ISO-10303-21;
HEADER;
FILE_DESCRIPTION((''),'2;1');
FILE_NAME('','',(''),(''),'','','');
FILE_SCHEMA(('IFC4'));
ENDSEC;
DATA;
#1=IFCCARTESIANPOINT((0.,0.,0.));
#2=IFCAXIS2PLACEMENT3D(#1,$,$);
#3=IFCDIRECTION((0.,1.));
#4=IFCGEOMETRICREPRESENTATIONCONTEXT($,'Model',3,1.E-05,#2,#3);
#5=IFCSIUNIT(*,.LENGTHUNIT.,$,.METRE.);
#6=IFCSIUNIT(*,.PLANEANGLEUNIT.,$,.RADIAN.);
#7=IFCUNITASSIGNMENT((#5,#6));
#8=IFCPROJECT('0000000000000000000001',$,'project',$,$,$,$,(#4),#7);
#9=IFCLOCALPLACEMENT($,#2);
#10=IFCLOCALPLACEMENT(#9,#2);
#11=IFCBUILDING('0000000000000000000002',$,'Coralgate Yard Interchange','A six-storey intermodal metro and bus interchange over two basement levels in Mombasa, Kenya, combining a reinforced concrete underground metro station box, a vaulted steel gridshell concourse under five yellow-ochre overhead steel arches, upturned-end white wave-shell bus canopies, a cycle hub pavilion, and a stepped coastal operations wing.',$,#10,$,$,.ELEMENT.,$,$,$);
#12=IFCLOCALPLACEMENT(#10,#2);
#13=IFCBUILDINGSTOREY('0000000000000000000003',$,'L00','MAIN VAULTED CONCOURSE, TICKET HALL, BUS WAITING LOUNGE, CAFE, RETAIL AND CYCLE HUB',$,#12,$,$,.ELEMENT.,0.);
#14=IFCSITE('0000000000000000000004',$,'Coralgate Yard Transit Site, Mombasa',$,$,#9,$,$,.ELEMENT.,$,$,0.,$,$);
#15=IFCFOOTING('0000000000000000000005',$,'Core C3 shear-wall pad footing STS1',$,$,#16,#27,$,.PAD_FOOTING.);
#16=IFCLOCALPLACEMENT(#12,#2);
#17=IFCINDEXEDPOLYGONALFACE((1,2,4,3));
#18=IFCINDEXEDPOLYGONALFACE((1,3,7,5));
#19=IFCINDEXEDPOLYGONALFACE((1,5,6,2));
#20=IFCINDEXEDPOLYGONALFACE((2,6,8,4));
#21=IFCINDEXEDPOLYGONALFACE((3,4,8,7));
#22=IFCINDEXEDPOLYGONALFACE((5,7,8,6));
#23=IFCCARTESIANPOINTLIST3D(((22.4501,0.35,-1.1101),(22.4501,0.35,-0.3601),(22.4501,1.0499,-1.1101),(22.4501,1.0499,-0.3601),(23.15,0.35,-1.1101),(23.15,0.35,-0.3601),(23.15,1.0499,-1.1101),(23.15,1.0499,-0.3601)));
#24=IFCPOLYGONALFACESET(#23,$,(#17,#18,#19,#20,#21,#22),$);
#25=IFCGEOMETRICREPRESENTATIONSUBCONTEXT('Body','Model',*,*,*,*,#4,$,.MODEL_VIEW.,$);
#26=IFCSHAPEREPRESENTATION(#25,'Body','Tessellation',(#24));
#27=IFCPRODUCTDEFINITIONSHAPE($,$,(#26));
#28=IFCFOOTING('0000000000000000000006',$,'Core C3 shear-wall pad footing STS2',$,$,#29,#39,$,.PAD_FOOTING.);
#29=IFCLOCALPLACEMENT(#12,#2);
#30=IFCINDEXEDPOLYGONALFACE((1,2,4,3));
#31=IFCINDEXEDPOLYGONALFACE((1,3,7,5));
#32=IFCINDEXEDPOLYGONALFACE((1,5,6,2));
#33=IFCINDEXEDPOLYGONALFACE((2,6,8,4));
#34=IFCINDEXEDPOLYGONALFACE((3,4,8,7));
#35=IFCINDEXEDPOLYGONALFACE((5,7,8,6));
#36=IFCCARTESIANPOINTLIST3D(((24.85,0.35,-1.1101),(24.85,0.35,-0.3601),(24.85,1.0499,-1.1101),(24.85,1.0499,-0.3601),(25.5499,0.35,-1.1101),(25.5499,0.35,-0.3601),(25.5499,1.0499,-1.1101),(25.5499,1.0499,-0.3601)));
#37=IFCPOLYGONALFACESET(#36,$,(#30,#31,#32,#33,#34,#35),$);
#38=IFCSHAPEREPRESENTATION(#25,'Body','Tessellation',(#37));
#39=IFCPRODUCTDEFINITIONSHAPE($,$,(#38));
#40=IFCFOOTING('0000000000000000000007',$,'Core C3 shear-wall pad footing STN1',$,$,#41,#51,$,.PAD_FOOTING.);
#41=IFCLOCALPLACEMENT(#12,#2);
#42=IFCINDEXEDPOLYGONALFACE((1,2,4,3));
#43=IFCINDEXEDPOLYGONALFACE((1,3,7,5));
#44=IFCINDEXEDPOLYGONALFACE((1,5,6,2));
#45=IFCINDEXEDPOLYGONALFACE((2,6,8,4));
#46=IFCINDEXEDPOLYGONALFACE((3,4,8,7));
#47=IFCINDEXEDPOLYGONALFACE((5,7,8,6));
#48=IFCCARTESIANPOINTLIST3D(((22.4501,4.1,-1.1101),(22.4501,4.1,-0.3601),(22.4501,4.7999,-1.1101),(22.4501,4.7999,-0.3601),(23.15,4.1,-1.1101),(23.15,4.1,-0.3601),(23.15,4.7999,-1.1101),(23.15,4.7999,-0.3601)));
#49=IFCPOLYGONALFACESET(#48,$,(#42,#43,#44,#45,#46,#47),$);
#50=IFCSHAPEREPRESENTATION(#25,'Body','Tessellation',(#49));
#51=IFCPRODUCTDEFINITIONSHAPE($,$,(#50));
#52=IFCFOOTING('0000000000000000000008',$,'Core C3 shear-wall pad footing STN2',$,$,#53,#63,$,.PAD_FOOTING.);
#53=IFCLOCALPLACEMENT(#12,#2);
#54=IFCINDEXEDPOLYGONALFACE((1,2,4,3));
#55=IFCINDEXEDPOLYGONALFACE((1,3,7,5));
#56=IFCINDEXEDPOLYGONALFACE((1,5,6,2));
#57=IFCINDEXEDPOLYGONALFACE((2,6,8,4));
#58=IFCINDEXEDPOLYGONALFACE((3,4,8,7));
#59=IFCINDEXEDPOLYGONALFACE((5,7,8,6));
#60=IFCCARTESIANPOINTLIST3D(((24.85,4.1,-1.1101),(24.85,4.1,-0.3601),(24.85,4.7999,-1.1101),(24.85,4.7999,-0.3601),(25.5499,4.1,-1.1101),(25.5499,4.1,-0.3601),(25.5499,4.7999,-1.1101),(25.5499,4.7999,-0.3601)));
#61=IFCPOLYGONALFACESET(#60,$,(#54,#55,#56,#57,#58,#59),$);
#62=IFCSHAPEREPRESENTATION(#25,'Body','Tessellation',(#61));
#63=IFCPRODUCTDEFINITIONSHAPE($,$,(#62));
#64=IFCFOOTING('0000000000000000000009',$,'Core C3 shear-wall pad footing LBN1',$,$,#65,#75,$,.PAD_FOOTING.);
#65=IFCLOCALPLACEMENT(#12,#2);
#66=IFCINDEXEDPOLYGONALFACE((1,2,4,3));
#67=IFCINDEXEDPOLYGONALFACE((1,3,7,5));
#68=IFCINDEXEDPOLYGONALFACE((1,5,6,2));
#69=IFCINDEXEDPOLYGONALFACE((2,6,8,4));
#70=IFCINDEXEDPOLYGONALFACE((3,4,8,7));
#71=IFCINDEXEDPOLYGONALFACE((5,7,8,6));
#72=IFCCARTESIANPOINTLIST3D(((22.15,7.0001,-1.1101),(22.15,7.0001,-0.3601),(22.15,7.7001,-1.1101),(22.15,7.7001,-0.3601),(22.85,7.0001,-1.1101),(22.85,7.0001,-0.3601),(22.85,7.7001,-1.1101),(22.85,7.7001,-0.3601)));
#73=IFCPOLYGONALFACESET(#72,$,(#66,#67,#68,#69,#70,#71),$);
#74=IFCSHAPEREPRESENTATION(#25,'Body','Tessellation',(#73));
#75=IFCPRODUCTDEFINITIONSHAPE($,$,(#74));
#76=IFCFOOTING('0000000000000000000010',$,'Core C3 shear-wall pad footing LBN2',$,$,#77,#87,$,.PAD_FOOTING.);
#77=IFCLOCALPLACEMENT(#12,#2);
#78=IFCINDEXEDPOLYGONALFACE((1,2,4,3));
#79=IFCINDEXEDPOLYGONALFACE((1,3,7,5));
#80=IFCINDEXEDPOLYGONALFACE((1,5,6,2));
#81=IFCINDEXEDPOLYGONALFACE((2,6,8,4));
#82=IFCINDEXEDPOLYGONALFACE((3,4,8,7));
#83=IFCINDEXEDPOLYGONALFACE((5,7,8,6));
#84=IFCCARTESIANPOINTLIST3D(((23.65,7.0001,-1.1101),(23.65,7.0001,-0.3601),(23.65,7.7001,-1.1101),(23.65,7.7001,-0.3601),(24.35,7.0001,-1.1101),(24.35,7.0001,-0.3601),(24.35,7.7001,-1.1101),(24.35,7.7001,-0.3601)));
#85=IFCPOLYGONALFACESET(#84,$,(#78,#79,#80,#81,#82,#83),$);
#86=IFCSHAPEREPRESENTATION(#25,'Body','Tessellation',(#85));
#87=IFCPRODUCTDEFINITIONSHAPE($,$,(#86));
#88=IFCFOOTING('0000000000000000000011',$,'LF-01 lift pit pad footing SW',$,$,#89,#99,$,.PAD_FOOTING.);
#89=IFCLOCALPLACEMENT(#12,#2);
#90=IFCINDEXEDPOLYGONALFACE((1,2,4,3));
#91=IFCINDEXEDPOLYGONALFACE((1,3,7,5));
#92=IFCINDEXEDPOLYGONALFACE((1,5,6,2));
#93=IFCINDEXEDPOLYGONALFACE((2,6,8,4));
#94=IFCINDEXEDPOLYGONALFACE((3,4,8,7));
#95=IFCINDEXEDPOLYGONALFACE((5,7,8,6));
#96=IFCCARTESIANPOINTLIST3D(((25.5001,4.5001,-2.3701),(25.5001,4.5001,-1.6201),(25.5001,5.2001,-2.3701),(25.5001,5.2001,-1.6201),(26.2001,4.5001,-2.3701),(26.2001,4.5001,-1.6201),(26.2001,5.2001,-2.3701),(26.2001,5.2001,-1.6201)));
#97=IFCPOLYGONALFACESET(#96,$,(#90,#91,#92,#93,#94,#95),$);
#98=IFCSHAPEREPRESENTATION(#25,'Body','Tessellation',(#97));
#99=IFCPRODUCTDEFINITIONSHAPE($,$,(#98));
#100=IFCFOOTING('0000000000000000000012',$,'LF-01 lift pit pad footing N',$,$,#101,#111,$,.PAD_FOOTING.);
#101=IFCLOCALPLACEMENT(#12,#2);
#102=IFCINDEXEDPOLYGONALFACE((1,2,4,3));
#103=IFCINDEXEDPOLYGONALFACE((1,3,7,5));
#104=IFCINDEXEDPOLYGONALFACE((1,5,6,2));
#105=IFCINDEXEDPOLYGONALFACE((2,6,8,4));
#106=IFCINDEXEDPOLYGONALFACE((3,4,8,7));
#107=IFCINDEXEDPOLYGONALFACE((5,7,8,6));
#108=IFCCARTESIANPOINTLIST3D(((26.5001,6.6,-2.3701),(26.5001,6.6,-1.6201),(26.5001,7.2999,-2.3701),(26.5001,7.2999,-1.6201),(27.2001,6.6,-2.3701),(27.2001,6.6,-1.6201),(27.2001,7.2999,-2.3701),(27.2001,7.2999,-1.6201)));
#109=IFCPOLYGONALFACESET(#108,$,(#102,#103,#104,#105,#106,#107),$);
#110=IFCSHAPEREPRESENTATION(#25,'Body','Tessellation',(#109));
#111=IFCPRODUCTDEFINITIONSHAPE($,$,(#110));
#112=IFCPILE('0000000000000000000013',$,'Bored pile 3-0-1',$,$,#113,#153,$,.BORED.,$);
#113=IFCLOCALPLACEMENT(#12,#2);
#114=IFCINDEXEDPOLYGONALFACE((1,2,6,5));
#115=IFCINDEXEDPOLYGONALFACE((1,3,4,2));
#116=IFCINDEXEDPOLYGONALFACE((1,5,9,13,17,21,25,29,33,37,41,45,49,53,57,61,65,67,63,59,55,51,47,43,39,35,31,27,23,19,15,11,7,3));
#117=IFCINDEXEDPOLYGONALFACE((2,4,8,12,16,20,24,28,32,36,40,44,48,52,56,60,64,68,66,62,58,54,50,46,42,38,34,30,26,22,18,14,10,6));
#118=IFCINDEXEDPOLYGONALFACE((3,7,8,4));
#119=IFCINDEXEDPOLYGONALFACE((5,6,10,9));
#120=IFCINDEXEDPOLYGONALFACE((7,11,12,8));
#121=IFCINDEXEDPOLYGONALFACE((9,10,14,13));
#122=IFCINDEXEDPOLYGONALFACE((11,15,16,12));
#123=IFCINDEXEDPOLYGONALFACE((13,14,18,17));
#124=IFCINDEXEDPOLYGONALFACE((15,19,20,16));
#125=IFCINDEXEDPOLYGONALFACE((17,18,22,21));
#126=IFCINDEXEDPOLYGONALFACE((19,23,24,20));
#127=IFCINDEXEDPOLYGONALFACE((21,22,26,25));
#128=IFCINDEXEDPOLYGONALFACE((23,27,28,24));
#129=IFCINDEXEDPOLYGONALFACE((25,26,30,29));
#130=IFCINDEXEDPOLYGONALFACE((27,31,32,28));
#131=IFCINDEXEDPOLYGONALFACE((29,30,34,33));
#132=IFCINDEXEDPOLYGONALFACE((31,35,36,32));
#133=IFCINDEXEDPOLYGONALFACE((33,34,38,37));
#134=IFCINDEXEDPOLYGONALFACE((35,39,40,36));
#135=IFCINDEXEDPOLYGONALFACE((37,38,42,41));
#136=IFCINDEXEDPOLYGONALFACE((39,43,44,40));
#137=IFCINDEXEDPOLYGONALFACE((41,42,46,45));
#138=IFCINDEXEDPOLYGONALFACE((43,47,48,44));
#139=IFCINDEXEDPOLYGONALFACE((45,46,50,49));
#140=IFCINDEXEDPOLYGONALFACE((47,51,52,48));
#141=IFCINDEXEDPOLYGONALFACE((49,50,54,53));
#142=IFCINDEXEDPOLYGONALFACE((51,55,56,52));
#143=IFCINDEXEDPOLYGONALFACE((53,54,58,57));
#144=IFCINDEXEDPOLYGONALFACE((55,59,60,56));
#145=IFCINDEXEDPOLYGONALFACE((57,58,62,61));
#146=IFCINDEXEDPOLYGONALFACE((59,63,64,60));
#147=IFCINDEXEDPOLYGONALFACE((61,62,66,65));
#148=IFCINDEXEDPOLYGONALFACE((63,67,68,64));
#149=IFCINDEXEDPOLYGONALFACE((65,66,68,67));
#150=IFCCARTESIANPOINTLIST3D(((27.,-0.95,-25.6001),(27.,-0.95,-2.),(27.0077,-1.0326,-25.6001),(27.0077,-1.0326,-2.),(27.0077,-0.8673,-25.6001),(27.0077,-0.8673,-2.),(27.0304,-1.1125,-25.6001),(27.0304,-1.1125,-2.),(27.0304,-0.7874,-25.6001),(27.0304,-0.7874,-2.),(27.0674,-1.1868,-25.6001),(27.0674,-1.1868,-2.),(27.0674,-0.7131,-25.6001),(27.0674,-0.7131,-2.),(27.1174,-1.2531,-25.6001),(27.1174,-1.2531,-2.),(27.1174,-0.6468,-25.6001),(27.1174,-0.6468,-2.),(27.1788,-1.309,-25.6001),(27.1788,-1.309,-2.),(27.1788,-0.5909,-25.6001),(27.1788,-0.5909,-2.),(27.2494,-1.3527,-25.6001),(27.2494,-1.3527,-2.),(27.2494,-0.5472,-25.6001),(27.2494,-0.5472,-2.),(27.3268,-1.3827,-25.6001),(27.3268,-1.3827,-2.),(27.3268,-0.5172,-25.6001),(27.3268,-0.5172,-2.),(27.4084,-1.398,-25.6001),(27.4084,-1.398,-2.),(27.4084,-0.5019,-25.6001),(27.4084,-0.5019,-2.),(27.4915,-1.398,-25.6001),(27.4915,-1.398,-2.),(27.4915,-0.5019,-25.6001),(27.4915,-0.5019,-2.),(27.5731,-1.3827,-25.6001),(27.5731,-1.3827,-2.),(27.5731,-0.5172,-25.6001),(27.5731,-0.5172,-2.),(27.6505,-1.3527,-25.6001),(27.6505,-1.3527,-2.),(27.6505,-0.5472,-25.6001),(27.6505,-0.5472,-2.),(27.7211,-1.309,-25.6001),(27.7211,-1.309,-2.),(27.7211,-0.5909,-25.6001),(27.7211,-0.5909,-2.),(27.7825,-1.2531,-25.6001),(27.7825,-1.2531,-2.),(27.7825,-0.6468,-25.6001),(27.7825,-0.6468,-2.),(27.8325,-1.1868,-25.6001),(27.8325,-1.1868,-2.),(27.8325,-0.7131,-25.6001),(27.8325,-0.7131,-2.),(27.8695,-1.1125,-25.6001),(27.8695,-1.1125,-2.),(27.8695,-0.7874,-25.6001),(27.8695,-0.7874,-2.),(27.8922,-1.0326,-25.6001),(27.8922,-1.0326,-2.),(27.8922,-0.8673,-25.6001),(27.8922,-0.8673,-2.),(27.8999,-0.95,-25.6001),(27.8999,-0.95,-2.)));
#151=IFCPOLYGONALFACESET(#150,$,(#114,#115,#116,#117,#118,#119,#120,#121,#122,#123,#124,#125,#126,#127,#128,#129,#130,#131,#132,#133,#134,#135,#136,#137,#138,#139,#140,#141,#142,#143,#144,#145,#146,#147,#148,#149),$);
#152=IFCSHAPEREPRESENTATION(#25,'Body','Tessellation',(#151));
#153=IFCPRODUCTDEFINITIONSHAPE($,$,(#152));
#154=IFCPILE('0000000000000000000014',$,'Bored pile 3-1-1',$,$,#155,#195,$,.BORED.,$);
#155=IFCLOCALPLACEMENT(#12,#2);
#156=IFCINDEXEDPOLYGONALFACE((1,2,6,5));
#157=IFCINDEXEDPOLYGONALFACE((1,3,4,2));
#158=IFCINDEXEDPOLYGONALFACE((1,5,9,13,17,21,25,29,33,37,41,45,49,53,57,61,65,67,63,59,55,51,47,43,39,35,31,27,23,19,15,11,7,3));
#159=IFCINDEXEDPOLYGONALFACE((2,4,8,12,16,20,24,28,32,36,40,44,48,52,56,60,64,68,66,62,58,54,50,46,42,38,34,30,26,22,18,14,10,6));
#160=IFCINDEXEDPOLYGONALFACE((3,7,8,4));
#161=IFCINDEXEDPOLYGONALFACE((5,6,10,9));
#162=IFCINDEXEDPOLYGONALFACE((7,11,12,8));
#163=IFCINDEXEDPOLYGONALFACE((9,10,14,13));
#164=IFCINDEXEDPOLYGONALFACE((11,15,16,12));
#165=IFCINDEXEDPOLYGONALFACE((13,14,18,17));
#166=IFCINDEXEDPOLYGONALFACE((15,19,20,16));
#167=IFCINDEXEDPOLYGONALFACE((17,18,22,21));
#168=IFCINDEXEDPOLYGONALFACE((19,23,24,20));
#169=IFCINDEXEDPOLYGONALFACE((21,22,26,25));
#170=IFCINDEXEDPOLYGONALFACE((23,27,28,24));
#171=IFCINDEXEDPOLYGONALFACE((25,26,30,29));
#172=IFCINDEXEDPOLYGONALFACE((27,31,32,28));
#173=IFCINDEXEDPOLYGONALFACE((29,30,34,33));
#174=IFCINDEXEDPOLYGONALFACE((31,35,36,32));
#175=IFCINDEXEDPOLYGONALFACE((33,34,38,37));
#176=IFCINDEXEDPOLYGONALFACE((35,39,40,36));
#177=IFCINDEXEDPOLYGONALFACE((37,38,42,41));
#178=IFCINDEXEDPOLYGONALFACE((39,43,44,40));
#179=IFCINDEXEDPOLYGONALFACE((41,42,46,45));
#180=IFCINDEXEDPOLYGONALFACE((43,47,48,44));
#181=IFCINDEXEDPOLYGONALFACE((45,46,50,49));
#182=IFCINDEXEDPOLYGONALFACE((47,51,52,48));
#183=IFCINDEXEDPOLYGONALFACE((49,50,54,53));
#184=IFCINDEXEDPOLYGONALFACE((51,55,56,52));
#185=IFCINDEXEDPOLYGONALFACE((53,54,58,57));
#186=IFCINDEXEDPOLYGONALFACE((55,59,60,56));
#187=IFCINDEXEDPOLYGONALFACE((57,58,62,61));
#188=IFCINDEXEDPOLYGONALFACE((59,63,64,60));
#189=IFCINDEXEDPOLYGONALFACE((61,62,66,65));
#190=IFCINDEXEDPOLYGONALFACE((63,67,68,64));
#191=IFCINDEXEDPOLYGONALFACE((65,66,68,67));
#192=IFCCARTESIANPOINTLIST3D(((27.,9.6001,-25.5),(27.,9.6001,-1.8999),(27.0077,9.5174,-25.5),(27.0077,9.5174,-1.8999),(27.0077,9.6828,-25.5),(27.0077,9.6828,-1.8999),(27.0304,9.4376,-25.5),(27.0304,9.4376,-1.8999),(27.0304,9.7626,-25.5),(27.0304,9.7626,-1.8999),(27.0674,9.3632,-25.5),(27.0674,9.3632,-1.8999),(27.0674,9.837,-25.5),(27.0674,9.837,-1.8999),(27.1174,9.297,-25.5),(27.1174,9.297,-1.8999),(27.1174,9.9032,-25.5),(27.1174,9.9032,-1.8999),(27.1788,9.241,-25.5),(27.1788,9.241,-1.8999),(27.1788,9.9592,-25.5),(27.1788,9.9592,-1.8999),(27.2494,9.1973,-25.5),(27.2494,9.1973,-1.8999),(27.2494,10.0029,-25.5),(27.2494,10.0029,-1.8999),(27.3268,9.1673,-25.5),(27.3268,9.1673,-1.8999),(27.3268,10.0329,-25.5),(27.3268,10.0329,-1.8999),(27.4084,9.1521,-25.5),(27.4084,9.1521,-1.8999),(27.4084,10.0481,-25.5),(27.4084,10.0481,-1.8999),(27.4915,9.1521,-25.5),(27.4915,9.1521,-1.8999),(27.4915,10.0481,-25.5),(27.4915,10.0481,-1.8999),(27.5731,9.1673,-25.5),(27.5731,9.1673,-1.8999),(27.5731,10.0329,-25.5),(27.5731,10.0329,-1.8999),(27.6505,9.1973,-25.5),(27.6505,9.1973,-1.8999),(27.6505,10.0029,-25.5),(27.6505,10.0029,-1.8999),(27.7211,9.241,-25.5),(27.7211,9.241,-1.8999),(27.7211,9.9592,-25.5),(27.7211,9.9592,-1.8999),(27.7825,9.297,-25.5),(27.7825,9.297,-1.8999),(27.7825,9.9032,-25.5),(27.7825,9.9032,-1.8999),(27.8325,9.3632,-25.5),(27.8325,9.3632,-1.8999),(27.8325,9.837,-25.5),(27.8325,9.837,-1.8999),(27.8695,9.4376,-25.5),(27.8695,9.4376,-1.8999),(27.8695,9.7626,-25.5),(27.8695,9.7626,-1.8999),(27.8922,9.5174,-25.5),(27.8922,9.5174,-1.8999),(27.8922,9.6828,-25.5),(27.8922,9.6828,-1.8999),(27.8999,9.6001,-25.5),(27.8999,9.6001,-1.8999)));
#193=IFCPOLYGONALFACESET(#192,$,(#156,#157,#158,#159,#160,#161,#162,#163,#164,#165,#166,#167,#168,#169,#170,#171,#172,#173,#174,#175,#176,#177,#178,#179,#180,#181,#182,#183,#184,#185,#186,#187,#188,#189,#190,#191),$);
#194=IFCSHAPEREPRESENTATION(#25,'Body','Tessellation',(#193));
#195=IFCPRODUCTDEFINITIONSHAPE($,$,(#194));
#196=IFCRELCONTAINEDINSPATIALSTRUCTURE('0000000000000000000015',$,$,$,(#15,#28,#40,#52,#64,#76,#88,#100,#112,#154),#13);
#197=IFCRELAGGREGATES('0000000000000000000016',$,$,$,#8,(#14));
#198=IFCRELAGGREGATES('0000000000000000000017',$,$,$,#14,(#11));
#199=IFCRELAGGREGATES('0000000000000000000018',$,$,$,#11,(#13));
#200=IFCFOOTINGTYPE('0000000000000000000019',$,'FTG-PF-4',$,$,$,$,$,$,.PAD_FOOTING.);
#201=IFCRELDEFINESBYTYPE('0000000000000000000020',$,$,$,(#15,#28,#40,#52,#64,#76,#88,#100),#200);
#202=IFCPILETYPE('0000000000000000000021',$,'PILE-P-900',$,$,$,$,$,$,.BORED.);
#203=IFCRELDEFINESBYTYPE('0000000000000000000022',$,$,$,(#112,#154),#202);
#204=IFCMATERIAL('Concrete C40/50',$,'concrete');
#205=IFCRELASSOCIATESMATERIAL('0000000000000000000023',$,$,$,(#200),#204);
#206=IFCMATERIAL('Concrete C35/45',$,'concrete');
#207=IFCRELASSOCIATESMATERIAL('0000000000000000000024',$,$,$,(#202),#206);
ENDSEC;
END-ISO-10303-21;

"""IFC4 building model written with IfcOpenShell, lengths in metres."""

from ifc_helpers import new_model, si_unit, direction, frame, origin, origin_2d, place, context, subcontext, project, spatial, rectangle, circle, extrude, material, material_profile, profile_set, type_object, element, save


model = new_model("IFC4")

# Units and contexts
model_context = context("Model", 3, precision=1e-05, world=origin(), true_north=direction((0.0, 1.0)))
body_context = subcontext(model_context, "Body", "Model", "MODEL_VIEW")
ifc_project = project(units=[si_unit("LENGTHUNIT", "METRE"), si_unit("PLANEANGLEUNIT", "RADIAN")], contexts=[model_context])

# Site, building, storey
site_placement = place(None, origin())
site = spatial("IfcSite", under=ifc_project, at=site_placement, Name="Coralgate Yard Transit Site, Mombasa", CompositionType="ELEMENT", RefElevation=0.0)
building_placement = place(site_placement, origin())
building = spatial("IfcBuilding", under=site, at=building_placement, Name="Coralgate Yard Interchange", Description="A six-storey intermodal metro and bus interchange over two basement levels in Mombasa, Kenya, combining a reinforced concrete underground metro station box, a vaulted steel gridshell concourse under five yellow-ochre overhead steel arches, upturned-end white wave-shell bus canopies, a cycle hub pavilion, and a stepped coastal operations wing.", CompositionType="ELEMENT")
storey_placement = place(building_placement, origin())
storey = spatial("IfcBuildingStorey", under=building, at=storey_placement, Name="L00", Description="MAIN VAULTED CONCOURSE, TICKET HALL, BUS WAITING LOUNGE, CAFE, RETAIL AND CYCLE HUB", CompositionType="ELEMENT", Elevation=0.0)

# Footings
ifc_material_1 = material(Name="Concrete C40/50", Category="concrete")
footing_type = type_object("IfcFootingType", Name="FTG-PF-4", PredefinedType="PAD_FOOTING", material=ifc_material_1)
for number, where, z_axis, x_axis, name in (
    (1, (22.8, 0.7, -1.1101), (0.0, 0.0, 1.0), (1.0, 0.0, 0.0), "Core C3 shear-wall pad footing STS1"),
    (2, (25.2, 0.7, -1.1101), (0.0, 0.0, 1.0), (1.0, 0.0, 0.0), "Core C3 shear-wall pad footing STS2"),
    (3, (22.8, 4.45, -1.1101), (0.0, 0.0, 1.0), (1.0, 0.0, 0.0), "Core C3 shear-wall pad footing STN1"),
    (4, (25.2, 4.45, -1.1101), (0.0, 0.0, 1.0), (1.0, 0.0, 0.0), "Core C3 shear-wall pad footing STN2"),
    (5, (22.5, 7.3501, -1.1101), (0.0, 0.0, 1.0), (1.0, 0.0, 0.0), "Core C3 shear-wall pad footing LBN1"),
    (6, (24.0, 7.3501, -1.1101), (0.0, 0.0, 1.0), (1.0, 0.0, 0.0), "Core C3 shear-wall pad footing LBN2"),
    (7, (25.8501, 4.8501, -2.3701), (0.0, 0.0, 1.0), (1.0, 0.0, 0.0), "LF-01 lift pit pad footing SW"),
    (8, (26.8501, 6.95, -2.3701), (0.0, 0.0, 1.0), (1.0, 0.0, 0.0), "LF-01 lift pit pad footing N"),
):
    element("IfcFooting", number, at=place(storey_placement, frame(where, z_axis=z_axis, x_axis=x_axis)), inside=storey, type_object=footing_type, Name=name, PredefinedType="PAD_FOOTING", context=body_context, shape_type="SweptSolid", body=[
        extrude(rectangle(XDim=0.7, YDim=0.7, at=origin_2d()), origin(), (0.0, 0.0, 1.0), 0.75),
    ])

# Piles
ifc_material_2 = material(Name="Concrete C35/45", Category="concrete")
ifc_material_profile_1 = material_profile(ifc_material_2, circle(Radius=0.45, at=origin_2d()), Name="BORED PILE D900")
ifc_profile_set_1 = profile_set([ifc_material_profile_1], Name="Concrete C35/45")
pile_type = type_object("IfcPileType", Name="PILE-P-900", PredefinedType="BORED", material=ifc_profile_set_1)
for number, where, z_axis, x_axis, name in (
    (9, (27.45, -0.95, -2.0), (0.0, 0.0, -1.0), (1.0, 0.0, 0.0), "Bored pile 3-0-1"),
    (10, (27.45, 9.6001, -1.8999), (0.0, 0.0, -1.0), (1.0, 0.0, 0.0), "Bored pile 3-1-1"),
):
    element("IfcPile", number, at=place(storey_placement, frame(where, z_axis=z_axis, x_axis=x_axis)), inside=storey, type_object=pile_type, Name=name, PredefinedType="BORED", context=body_context, shape_type="SweptSolid", body=[
        extrude(circle(Radius=0.45, at=origin_2d()), origin(), (0.0, 0.0, 1.0), 23.6001),
    ])

save(model, "model.ifc")
